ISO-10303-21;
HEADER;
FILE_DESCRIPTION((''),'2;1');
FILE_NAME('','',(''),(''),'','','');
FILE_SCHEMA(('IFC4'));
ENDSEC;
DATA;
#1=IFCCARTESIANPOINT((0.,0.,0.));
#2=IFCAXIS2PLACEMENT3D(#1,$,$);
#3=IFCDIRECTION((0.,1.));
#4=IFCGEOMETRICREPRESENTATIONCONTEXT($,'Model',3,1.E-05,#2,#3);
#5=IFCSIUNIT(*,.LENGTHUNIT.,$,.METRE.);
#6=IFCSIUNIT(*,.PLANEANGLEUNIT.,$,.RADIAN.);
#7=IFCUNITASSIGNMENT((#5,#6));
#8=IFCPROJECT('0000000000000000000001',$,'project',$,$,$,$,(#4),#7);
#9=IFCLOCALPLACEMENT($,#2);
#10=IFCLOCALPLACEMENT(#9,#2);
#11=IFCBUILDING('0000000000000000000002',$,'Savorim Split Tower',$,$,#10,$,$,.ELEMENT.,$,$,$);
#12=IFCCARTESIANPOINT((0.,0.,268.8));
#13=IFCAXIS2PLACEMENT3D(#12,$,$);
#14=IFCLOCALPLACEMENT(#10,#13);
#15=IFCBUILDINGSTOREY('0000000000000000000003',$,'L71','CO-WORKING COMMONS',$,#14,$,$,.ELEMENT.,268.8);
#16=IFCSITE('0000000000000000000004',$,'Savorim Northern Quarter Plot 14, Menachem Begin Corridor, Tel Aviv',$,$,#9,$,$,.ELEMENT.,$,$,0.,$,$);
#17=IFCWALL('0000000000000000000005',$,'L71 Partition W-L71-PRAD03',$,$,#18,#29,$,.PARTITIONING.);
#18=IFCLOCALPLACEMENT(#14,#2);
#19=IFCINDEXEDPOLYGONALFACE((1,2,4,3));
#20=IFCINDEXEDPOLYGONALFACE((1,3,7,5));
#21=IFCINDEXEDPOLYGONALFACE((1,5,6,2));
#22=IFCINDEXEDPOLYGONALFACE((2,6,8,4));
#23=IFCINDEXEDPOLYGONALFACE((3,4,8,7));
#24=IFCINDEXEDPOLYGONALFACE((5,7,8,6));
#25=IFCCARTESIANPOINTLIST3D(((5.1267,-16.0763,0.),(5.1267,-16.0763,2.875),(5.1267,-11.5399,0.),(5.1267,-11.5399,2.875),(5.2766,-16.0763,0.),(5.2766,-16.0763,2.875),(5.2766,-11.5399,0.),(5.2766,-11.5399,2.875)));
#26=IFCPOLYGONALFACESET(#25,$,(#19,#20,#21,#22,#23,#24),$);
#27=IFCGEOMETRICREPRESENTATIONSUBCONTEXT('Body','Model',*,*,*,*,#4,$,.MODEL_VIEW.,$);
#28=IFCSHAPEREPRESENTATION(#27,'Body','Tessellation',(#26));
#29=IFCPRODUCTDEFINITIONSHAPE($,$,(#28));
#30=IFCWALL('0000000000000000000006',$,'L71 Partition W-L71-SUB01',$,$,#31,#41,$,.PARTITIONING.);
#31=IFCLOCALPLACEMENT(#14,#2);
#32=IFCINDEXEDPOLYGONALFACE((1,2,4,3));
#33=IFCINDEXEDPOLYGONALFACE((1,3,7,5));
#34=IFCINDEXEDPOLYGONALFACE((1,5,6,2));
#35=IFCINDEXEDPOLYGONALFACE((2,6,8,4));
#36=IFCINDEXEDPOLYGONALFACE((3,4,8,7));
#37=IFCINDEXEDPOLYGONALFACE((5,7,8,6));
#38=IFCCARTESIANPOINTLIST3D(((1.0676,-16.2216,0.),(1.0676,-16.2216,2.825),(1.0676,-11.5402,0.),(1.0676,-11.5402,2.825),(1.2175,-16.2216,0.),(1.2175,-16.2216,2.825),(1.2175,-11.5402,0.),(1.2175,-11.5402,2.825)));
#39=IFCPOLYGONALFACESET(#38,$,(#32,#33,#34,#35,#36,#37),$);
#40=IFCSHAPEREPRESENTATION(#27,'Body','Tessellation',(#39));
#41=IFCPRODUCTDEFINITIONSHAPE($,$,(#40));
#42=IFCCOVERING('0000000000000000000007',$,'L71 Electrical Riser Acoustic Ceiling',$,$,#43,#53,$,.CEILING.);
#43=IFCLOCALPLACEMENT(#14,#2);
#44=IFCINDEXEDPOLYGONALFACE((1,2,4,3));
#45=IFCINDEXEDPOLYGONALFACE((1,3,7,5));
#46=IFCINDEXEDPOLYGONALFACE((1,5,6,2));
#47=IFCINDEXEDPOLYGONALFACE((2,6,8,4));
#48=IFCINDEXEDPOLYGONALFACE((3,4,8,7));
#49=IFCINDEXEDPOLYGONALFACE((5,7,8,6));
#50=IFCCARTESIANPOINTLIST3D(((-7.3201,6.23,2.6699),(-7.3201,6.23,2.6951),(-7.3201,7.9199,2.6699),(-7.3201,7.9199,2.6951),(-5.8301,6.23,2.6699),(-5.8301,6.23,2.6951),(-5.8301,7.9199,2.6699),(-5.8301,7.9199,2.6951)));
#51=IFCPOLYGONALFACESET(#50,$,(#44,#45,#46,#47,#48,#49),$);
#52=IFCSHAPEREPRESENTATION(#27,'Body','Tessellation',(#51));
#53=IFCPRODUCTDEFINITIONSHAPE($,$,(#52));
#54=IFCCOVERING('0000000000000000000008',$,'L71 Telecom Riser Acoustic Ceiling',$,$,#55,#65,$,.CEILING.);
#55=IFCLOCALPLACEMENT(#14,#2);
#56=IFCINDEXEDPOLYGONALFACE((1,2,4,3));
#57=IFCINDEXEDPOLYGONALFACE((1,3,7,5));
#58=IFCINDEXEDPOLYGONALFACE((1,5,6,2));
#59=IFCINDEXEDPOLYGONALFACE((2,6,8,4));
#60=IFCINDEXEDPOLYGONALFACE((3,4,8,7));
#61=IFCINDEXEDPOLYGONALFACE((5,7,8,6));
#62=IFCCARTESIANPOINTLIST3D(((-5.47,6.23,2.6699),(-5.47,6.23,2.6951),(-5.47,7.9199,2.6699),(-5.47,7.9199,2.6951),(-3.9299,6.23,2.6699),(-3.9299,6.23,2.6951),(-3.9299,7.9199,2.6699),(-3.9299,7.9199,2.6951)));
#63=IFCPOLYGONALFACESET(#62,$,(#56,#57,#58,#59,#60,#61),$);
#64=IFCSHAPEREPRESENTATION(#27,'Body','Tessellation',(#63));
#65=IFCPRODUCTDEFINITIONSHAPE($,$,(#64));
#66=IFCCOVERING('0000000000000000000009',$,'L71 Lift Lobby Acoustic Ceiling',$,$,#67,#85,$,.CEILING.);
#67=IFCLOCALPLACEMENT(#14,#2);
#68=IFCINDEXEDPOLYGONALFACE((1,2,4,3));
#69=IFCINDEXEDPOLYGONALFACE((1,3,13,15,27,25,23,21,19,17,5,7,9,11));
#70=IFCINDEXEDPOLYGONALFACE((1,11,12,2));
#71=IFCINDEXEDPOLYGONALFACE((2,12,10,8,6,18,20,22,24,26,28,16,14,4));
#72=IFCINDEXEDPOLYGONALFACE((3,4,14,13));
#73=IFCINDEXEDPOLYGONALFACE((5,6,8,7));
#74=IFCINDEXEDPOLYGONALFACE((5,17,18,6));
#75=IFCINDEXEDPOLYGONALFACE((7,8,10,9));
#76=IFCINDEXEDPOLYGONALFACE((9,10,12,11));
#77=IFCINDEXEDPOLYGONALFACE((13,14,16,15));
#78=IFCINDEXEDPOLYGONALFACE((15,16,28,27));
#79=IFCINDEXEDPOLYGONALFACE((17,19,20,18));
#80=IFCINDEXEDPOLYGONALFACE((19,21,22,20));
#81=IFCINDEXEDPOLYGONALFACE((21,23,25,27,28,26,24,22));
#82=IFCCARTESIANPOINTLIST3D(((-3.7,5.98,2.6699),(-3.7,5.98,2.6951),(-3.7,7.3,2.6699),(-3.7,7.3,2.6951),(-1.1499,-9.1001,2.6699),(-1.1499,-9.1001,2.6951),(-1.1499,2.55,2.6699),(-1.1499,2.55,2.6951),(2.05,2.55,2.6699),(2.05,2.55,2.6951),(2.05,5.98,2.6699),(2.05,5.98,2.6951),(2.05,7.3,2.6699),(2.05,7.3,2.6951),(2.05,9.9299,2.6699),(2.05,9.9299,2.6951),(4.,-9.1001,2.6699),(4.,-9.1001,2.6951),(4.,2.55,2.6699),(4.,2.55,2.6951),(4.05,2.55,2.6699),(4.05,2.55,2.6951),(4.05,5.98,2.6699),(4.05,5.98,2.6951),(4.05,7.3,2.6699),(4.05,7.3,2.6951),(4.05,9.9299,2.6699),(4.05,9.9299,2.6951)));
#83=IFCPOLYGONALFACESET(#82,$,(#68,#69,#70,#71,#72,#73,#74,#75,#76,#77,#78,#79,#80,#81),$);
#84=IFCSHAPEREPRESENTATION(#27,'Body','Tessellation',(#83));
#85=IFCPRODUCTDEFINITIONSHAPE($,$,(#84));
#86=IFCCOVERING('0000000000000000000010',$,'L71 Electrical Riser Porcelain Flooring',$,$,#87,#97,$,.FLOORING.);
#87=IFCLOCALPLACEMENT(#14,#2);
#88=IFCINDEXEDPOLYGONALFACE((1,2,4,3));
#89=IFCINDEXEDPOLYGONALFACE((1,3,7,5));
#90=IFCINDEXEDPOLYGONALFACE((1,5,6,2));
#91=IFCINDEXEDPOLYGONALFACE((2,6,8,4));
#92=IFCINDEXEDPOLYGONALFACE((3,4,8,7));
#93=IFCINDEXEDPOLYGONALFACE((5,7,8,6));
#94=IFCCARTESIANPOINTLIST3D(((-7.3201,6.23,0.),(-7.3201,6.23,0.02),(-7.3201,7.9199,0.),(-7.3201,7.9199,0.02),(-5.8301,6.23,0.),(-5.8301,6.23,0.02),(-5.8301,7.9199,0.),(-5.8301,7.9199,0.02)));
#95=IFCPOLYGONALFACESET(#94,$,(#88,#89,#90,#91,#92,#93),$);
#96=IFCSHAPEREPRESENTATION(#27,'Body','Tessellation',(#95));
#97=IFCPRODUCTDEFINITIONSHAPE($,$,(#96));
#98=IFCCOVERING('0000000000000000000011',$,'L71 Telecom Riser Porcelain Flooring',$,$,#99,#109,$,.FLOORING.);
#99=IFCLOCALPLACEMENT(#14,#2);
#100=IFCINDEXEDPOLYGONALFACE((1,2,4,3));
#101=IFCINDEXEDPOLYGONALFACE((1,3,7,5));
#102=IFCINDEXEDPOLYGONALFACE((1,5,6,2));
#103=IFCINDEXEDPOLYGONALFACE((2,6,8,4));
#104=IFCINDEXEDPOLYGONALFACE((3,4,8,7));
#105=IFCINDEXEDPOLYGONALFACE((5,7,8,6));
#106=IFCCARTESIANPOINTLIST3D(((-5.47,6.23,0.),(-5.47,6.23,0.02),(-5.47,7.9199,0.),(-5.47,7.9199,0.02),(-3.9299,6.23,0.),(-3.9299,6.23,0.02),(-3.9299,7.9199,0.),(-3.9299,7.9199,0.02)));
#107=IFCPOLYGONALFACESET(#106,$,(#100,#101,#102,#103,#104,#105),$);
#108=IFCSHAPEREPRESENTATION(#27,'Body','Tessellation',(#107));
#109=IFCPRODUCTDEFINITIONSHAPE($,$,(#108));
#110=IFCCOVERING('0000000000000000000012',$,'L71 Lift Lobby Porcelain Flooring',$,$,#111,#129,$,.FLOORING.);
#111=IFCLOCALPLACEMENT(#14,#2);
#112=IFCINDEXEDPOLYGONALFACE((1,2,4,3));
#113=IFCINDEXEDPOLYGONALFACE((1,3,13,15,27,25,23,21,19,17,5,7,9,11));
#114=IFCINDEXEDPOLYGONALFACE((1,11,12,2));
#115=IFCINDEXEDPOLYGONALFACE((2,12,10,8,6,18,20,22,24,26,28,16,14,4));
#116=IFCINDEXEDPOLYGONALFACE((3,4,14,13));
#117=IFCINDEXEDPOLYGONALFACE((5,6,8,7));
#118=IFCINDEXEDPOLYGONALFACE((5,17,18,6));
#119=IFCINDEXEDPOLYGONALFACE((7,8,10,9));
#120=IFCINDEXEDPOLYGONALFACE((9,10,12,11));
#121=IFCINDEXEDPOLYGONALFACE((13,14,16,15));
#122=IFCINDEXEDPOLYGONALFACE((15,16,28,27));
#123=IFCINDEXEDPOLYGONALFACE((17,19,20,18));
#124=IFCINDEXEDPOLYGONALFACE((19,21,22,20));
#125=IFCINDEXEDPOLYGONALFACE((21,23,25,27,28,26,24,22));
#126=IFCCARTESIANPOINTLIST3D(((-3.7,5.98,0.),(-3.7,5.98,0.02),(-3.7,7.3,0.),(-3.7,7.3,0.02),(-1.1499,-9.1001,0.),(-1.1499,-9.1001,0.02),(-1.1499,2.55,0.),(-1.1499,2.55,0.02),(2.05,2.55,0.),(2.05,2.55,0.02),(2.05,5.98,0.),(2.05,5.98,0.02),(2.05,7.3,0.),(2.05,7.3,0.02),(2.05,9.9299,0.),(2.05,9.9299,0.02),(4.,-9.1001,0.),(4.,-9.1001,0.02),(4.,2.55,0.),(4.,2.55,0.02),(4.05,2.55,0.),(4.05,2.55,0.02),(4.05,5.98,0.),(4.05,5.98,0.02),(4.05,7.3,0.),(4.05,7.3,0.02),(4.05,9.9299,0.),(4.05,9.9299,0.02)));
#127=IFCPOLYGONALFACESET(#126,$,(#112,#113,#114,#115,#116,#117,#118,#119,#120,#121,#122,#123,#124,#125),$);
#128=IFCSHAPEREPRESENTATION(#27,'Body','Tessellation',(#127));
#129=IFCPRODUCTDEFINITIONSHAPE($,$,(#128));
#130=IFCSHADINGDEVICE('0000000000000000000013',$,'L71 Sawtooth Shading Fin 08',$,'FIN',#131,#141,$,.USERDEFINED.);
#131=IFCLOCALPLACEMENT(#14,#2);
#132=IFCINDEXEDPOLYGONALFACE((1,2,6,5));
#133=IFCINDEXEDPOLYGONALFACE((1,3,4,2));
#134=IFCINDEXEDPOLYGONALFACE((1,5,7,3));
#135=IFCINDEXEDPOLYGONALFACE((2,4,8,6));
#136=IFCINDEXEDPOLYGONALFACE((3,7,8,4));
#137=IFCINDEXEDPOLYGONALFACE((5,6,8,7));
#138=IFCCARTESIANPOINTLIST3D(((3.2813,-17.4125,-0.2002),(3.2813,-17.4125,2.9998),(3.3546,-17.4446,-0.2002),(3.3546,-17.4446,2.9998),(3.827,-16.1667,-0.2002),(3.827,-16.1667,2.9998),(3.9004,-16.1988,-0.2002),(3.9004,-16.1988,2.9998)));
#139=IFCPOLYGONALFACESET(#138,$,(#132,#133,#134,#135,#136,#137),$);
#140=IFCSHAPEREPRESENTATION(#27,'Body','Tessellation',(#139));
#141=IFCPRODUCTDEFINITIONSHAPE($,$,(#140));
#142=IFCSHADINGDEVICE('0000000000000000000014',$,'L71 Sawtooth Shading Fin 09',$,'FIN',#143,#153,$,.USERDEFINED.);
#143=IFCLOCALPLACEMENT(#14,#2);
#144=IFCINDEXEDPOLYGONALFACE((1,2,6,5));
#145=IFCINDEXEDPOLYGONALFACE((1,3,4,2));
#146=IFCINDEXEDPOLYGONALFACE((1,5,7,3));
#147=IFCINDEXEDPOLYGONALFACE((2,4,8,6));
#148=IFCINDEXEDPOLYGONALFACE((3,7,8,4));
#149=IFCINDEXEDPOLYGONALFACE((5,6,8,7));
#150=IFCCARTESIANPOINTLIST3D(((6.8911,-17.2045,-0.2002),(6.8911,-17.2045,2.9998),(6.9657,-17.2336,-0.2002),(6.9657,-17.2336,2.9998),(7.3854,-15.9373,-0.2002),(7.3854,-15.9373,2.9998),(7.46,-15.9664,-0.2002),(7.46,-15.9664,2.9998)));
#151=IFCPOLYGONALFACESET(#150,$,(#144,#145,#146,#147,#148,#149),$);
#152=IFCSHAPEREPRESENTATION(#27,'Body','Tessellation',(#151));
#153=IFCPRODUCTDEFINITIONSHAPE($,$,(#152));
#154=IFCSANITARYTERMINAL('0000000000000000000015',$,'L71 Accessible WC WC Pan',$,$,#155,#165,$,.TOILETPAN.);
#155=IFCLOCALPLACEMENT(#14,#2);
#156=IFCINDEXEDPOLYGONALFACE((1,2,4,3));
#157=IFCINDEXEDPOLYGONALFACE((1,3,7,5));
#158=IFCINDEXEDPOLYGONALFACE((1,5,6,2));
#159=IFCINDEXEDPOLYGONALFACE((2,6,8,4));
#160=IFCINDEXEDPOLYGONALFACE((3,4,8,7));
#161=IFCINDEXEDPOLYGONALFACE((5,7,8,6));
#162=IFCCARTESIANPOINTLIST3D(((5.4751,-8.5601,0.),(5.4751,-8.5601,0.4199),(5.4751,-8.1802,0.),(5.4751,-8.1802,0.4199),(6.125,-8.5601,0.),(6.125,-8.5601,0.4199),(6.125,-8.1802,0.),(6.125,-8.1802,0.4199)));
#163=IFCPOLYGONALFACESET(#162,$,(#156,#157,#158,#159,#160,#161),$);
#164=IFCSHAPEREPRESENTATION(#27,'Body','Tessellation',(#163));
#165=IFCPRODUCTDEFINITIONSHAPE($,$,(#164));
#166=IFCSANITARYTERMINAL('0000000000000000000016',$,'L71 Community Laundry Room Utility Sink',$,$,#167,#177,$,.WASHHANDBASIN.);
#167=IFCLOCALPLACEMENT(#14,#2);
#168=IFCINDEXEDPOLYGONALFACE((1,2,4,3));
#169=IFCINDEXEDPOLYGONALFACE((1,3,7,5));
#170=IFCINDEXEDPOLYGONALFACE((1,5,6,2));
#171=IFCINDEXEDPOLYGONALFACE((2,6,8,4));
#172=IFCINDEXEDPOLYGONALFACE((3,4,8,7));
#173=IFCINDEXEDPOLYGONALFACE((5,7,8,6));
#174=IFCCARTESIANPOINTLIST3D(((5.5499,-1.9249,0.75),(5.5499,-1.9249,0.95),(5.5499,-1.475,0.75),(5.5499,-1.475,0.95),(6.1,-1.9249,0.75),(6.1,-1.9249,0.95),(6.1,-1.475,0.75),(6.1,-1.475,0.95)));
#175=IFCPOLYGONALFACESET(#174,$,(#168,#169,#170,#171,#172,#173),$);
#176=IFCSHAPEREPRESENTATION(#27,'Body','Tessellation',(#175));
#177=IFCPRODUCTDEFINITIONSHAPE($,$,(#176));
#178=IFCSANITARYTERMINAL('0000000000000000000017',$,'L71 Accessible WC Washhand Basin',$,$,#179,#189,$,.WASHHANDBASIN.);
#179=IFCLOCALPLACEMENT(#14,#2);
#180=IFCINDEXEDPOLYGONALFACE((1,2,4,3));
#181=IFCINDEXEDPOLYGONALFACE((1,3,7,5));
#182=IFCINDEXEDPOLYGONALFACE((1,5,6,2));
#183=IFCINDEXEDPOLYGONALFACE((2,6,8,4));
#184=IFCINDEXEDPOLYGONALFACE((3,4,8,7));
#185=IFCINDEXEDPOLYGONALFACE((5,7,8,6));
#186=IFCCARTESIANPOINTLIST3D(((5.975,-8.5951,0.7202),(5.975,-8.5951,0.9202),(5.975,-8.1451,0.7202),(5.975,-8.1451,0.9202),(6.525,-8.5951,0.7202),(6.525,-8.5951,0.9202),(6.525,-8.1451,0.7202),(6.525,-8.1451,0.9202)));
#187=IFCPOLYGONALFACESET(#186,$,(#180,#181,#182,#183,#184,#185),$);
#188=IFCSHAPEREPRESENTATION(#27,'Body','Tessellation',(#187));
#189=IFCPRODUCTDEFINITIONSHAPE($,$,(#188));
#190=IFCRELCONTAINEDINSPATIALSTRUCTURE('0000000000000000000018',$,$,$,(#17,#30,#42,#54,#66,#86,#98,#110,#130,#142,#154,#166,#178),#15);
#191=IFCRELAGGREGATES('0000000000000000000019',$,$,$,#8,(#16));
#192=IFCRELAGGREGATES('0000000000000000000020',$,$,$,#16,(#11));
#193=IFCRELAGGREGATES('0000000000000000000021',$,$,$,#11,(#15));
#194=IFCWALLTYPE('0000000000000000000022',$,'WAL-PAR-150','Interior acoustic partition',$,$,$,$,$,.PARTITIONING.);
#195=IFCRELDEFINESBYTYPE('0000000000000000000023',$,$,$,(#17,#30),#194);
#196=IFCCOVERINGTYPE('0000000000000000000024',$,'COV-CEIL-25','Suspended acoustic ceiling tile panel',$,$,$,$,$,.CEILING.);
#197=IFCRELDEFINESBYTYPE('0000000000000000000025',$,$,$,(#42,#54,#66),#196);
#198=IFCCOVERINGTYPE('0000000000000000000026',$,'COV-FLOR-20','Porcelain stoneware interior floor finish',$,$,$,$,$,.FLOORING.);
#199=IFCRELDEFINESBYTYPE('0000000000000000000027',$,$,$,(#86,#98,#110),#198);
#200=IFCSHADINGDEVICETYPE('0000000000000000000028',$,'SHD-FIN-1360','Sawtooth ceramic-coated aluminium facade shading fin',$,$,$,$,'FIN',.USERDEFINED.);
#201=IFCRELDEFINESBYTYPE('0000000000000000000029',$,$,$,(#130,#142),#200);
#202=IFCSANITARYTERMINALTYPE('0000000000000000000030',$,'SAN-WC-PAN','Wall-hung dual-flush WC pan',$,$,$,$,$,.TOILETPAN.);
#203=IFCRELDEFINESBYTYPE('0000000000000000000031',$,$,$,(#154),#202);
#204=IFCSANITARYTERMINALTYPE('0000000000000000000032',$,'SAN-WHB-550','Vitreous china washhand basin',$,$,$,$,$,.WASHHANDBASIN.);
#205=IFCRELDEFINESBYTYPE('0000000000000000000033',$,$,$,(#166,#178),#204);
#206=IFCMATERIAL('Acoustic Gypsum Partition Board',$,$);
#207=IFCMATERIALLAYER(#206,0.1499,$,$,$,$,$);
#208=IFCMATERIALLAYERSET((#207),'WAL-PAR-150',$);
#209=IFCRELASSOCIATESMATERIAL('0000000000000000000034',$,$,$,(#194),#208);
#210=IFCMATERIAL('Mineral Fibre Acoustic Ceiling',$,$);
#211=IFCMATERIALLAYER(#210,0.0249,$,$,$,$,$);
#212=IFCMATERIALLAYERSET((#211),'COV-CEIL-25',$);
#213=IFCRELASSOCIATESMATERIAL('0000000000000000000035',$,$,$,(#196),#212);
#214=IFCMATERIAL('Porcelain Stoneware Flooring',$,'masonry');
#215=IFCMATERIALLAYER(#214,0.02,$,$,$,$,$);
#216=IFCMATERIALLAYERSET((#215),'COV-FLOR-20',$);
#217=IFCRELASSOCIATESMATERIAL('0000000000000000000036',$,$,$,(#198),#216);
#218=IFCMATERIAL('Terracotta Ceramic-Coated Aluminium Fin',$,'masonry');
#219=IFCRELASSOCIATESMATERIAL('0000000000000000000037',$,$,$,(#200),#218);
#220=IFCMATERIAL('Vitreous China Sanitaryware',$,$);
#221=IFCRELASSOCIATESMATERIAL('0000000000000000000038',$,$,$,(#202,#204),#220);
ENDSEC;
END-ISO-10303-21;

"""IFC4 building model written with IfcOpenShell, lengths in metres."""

from ifc_helpers import new_model, si_unit, direction, frame, frame_2d, origin, origin_2d, place, context, subcontext, project, spatial, polyline, rectangle, outline, extrude, material, layer, layer_set, type_object, element, save


model = new_model("IFC4")

# Units and contexts
model_context = context("Model", 3, precision=1e-05, world=origin(), true_north=direction((0.0, 1.0)))
body_context = subcontext(model_context, "Body", "Model", "MODEL_VIEW")
ifc_project = project(units=[si_unit("LENGTHUNIT", "METRE"), si_unit("PLANEANGLEUNIT", "RADIAN")], contexts=[model_context])

# Site, building, storey
site_placement = place(None, origin())
site = spatial("IfcSite", under=ifc_project, at=site_placement, Name="Savorim Northern Quarter Plot 14, Menachem Begin Corridor, Tel Aviv", CompositionType="ELEMENT", RefElevation=0.0)
building_placement = place(site_placement, origin())
building = spatial("IfcBuilding", under=site, at=building_placement, Name="Savorim Split Tower", CompositionType="ELEMENT")
storey_placement = place(building_placement, frame((0.0, 0.0, 268.8)))
storey = spatial("IfcBuildingStorey", under=building, at=storey_placement, Name="L71", Description="CO-WORKING COMMONS", CompositionType="ELEMENT", Elevation=268.8)

# Shared definitions
ifc_material_1 = material(Name="Acoustic Gypsum Partition Board")
ifc_layer_1 = layer(ifc_material_1, 0.1499)
ifc_layer_set_1 = layer_set([ifc_layer_1], Name="WAL-PAR-150")
wall_type_1 = type_object("IfcWallType", Name="WAL-PAR-150", Description="Interior acoustic partition", PredefinedType="PARTITIONING", material=ifc_layer_set_1)

# Walls
wall_1_placement = place(storey_placement, frame((5.2017, -11.54, 0.0), z_axis=(0.0, 0.0, 1.0), x_axis=(0.0, -1.0, 0.0)))
element("IfcWall", 1, at=wall_1_placement, inside=storey, type_object=wall_type_1, Name="L71 Partition W-L71-PRAD03", PredefinedType="PARTITIONING", context=body_context, shape_type="SweptSolid", body=[
    extrude(rectangle(XDim=4.5364, YDim=0.1499, at=frame_2d((2.2681, 0.0))), origin(), (0.0, 0.0, 1.0), 2.875),
])
wall_2_placement = place(storey_placement, frame((1.1426, -11.54, 0.0), z_axis=(0.0, 0.0, 1.0), x_axis=(0.0, -1.0, 0.0)))
element("IfcWall", 2, at=wall_2_placement, inside=storey, type_object=wall_type_1, Name="L71 Partition W-L71-SUB01", PredefinedType="PARTITIONING", context=body_context, shape_type="SweptSolid", body=[
    extrude(rectangle(XDim=4.6814, YDim=0.1499, at=frame_2d((2.3408, 0.0))), origin(), (0.0, 0.0, 1.0), 2.825),
])

# Coverings
ifc_material_2 = material(Name="Mineral Fibre Acoustic Ceiling")
ifc_layer_2 = layer(ifc_material_2, 0.0249)
ifc_layer_set_2 = layer_set([ifc_layer_2], Name="COV-CEIL-25")
covering_type_1 = type_object("IfcCoveringType", Name="COV-CEIL-25", Description="Suspended acoustic ceiling tile panel", PredefinedType="CEILING", material=ifc_layer_set_2)
covering_1_placement = place(storey_placement, frame((0.0, 0.0, 2.6699)))
element("IfcCovering", 3, at=covering_1_placement, inside=storey, type_object=covering_type_1, Name="L71 Electrical Riser Acoustic Ceiling", PredefinedType="CEILING", context=body_context, shape_type="SweptSolid", body=[
    extrude(outline(polyline([(-7.3201, 7.9199), (-7.3201, 6.23), (-5.8301, 6.23), (-5.8301, 7.9199), (-7.3201, 7.9199)])), origin(), (0.0, 0.0, 1.0), 0.0251),
])
covering_2_placement = place(storey_placement, frame((0.0, 0.0, 2.6699)))
element("IfcCovering", 4, at=covering_2_placement, inside=storey, type_object=covering_type_1, Name="L71 Telecom Riser Acoustic Ceiling", PredefinedType="CEILING", context=body_context, shape_type="SweptSolid", body=[
    extrude(outline(polyline([(-5.47, 7.9199), (-5.47, 6.23), (-3.9299, 6.23), (-3.9299, 7.9199), (-5.47, 7.9199)])), origin(), (0.0, 0.0, 1.0), 0.0251),
])
covering_3_placement = place(storey_placement, frame((0.0, 0.0, 2.6699)))
element("IfcCovering", 5, at=covering_3_placement, inside=storey, type_object=covering_type_1, Name="L71 Lift Lobby Acoustic Ceiling", PredefinedType="CEILING", context=body_context, shape_type="SweptSolid", body=[
    extrude(outline(polyline([(2.05, 2.55), (-1.1499, 2.55), (-1.1499, -9.1001), (4.0, -9.1001), (4.0, 2.55), (4.05, 2.55), (4.05, 5.98), (4.05, 7.3), (4.05, 9.9299), (2.05, 9.9299), (2.05, 7.3), (-3.7, 7.3), (-3.7, 5.98), (2.05, 5.98), (2.05, 2.55)])), origin(), (0.0, 0.0, 1.0), 0.0251),
])
ifc_material_3 = material(Name="Porcelain Stoneware Flooring", Category="masonry")
ifc_layer_3 = layer(ifc_material_3, 0.02)
ifc_layer_set_3 = layer_set([ifc_layer_3], Name="COV-FLOR-20")
covering_type_2 = type_object("IfcCoveringType", Name="COV-FLOR-20", Description="Porcelain stoneware interior floor finish", PredefinedType="FLOORING", material=ifc_layer_set_3)
covering_4_placement = place(storey_placement, origin())
element("IfcCovering", 6, at=covering_4_placement, inside=storey, type_object=covering_type_2, Name="L71 Electrical Riser Porcelain Flooring", PredefinedType="FLOORING", context=body_context, shape_type="SweptSolid", body=[
    extrude(outline(polyline([(-7.3201, 7.9199), (-7.3201, 6.23), (-5.8301, 6.23), (-5.8301, 7.9199), (-7.3201, 7.9199)])), origin(), (0.0, 0.0, 1.0), 0.02),
])
covering_5_placement = place(storey_placement, origin())
element("IfcCovering", 7, at=covering_5_placement, inside=storey, type_object=covering_type_2, Name="L71 Telecom Riser Porcelain Flooring", PredefinedType="FLOORING", context=body_context, shape_type="SweptSolid", body=[
    extrude(outline(polyline([(-5.47, 7.9199), (-5.47, 6.23), (-3.9299, 6.23), (-3.9299, 7.9199), (-5.47, 7.9199)])), origin(), (0.0, 0.0, 1.0), 0.02),
])
covering_6_placement = place(storey_placement, origin())
element("IfcCovering", 8, at=covering_6_placement, inside=storey, type_object=covering_type_2, Name="L71 Lift Lobby Porcelain Flooring", PredefinedType="FLOORING", context=body_context, shape_type="SweptSolid", body=[
    extrude(outline(polyline([(2.05, 2.55), (-1.1499, 2.55), (-1.1499, -9.1001), (4.0, -9.1001), (4.0, 2.55), (4.05, 2.55), (4.05, 5.98), (4.05, 7.3), (4.05, 9.9299), (2.05, 9.9299), (2.05, 7.3), (-3.7, 7.3), (-3.7, 5.98), (2.05, 5.98), (2.05, 2.55)])), origin(), (0.0, 0.0, 1.0), 0.02),
])

# Shading devices
ifc_material_4 = material(Name="Terracotta Ceramic-Coated Aluminium Fin", Category="masonry")
shading_device_type = type_object("IfcShadingDeviceType", Name="SHD-FIN-1360", Description="Sawtooth ceramic-coated aluminium facade shading fin", ElementType="FIN", PredefinedType="USERDEFINED", material=ifc_material_4)
for number, where, z_axis, x_axis, name in (
    (9, (3.5908, -16.8057, -0.2002), (0.0, 0.0, 1.0), (-0.40123, -0.915977, 0.0), "L71 Sawtooth Shading Fin 08"),
    (10, (7.1755, -16.5854, -0.2002), (0.0, 0.0, 1.0), (-0.363415, -0.931627, 0.0), "L71 Sawtooth Shading Fin 09"),
):
    element("IfcShadingDevice", number, at=place(storey_placement, frame(where, z_axis=z_axis, x_axis=x_axis)), inside=storey, type_object=shading_device_type, Name=name, ObjectType="FIN", PredefinedType="USERDEFINED", context=body_context, shape_type="SweptSolid", body=[
        extrude(rectangle(XDim=1.3601, YDim=0.0801, at=origin_2d()), origin(), (0.0, 0.0, 1.0), 3.2),
    ])

# Sanitary terminals
ifc_material_5 = material(Name="Vitreous China Sanitaryware")
sanitary_terminal_type_1 = type_object("IfcSanitaryTerminalType", Name="SAN-WC-PAN", Description="Wall-hung dual-flush WC pan", PredefinedType="TOILETPAN", material=ifc_material_5)
sanitary_terminal_placement = place(storey_placement, frame((5.8, -8.3701, 0.0), z_axis=(0.0, 0.0, 1.0), x_axis=(1.0, 0.0, 0.0)))
element("IfcSanitaryTerminal", 11, at=sanitary_terminal_placement, inside=storey, type_object=sanitary_terminal_type_1, Name="L71 Accessible WC WC Pan", PredefinedType="TOILETPAN", context=body_context, shape_type="SweptSolid", body=[
    extrude(rectangle(XDim=0.6499, YDim=0.3799, at=origin_2d()), origin(), (0.0, 0.0, 1.0), 0.4199),
])
sanitary_terminal_type_2 = type_object("IfcSanitaryTerminalType", Name="SAN-WHB-550", Description="Vitreous china washhand basin", PredefinedType="WASHHANDBASIN", material=ifc_material_5)
for number, where, z_axis, x_axis, name in (
    (12, (5.825, -1.7, 0.75), (0.0, 0.0, 1.0), (1.0, 0.0, 0.0), "L71 Community Laundry Room Utility Sink"),
    (13, (6.25, -8.3701, 0.7202), (0.0, 0.0, 1.0), (1.0, 0.0, 0.0), "L71 Accessible WC Washhand Basin"),
):
    element("IfcSanitaryTerminal", number, at=place(storey_placement, frame(where, z_axis=z_axis, x_axis=x_axis)), inside=storey, type_object=sanitary_terminal_type_2, Name=name, PredefinedType="WASHHANDBASIN", context=body_context, shape_type="SweptSolid", body=[
        extrude(rectangle(XDim=0.55, YDim=0.45, at=origin_2d()), origin(), (0.0, 0.0, 1.0), 0.2),
    ])

save(model, "model.ifc")
